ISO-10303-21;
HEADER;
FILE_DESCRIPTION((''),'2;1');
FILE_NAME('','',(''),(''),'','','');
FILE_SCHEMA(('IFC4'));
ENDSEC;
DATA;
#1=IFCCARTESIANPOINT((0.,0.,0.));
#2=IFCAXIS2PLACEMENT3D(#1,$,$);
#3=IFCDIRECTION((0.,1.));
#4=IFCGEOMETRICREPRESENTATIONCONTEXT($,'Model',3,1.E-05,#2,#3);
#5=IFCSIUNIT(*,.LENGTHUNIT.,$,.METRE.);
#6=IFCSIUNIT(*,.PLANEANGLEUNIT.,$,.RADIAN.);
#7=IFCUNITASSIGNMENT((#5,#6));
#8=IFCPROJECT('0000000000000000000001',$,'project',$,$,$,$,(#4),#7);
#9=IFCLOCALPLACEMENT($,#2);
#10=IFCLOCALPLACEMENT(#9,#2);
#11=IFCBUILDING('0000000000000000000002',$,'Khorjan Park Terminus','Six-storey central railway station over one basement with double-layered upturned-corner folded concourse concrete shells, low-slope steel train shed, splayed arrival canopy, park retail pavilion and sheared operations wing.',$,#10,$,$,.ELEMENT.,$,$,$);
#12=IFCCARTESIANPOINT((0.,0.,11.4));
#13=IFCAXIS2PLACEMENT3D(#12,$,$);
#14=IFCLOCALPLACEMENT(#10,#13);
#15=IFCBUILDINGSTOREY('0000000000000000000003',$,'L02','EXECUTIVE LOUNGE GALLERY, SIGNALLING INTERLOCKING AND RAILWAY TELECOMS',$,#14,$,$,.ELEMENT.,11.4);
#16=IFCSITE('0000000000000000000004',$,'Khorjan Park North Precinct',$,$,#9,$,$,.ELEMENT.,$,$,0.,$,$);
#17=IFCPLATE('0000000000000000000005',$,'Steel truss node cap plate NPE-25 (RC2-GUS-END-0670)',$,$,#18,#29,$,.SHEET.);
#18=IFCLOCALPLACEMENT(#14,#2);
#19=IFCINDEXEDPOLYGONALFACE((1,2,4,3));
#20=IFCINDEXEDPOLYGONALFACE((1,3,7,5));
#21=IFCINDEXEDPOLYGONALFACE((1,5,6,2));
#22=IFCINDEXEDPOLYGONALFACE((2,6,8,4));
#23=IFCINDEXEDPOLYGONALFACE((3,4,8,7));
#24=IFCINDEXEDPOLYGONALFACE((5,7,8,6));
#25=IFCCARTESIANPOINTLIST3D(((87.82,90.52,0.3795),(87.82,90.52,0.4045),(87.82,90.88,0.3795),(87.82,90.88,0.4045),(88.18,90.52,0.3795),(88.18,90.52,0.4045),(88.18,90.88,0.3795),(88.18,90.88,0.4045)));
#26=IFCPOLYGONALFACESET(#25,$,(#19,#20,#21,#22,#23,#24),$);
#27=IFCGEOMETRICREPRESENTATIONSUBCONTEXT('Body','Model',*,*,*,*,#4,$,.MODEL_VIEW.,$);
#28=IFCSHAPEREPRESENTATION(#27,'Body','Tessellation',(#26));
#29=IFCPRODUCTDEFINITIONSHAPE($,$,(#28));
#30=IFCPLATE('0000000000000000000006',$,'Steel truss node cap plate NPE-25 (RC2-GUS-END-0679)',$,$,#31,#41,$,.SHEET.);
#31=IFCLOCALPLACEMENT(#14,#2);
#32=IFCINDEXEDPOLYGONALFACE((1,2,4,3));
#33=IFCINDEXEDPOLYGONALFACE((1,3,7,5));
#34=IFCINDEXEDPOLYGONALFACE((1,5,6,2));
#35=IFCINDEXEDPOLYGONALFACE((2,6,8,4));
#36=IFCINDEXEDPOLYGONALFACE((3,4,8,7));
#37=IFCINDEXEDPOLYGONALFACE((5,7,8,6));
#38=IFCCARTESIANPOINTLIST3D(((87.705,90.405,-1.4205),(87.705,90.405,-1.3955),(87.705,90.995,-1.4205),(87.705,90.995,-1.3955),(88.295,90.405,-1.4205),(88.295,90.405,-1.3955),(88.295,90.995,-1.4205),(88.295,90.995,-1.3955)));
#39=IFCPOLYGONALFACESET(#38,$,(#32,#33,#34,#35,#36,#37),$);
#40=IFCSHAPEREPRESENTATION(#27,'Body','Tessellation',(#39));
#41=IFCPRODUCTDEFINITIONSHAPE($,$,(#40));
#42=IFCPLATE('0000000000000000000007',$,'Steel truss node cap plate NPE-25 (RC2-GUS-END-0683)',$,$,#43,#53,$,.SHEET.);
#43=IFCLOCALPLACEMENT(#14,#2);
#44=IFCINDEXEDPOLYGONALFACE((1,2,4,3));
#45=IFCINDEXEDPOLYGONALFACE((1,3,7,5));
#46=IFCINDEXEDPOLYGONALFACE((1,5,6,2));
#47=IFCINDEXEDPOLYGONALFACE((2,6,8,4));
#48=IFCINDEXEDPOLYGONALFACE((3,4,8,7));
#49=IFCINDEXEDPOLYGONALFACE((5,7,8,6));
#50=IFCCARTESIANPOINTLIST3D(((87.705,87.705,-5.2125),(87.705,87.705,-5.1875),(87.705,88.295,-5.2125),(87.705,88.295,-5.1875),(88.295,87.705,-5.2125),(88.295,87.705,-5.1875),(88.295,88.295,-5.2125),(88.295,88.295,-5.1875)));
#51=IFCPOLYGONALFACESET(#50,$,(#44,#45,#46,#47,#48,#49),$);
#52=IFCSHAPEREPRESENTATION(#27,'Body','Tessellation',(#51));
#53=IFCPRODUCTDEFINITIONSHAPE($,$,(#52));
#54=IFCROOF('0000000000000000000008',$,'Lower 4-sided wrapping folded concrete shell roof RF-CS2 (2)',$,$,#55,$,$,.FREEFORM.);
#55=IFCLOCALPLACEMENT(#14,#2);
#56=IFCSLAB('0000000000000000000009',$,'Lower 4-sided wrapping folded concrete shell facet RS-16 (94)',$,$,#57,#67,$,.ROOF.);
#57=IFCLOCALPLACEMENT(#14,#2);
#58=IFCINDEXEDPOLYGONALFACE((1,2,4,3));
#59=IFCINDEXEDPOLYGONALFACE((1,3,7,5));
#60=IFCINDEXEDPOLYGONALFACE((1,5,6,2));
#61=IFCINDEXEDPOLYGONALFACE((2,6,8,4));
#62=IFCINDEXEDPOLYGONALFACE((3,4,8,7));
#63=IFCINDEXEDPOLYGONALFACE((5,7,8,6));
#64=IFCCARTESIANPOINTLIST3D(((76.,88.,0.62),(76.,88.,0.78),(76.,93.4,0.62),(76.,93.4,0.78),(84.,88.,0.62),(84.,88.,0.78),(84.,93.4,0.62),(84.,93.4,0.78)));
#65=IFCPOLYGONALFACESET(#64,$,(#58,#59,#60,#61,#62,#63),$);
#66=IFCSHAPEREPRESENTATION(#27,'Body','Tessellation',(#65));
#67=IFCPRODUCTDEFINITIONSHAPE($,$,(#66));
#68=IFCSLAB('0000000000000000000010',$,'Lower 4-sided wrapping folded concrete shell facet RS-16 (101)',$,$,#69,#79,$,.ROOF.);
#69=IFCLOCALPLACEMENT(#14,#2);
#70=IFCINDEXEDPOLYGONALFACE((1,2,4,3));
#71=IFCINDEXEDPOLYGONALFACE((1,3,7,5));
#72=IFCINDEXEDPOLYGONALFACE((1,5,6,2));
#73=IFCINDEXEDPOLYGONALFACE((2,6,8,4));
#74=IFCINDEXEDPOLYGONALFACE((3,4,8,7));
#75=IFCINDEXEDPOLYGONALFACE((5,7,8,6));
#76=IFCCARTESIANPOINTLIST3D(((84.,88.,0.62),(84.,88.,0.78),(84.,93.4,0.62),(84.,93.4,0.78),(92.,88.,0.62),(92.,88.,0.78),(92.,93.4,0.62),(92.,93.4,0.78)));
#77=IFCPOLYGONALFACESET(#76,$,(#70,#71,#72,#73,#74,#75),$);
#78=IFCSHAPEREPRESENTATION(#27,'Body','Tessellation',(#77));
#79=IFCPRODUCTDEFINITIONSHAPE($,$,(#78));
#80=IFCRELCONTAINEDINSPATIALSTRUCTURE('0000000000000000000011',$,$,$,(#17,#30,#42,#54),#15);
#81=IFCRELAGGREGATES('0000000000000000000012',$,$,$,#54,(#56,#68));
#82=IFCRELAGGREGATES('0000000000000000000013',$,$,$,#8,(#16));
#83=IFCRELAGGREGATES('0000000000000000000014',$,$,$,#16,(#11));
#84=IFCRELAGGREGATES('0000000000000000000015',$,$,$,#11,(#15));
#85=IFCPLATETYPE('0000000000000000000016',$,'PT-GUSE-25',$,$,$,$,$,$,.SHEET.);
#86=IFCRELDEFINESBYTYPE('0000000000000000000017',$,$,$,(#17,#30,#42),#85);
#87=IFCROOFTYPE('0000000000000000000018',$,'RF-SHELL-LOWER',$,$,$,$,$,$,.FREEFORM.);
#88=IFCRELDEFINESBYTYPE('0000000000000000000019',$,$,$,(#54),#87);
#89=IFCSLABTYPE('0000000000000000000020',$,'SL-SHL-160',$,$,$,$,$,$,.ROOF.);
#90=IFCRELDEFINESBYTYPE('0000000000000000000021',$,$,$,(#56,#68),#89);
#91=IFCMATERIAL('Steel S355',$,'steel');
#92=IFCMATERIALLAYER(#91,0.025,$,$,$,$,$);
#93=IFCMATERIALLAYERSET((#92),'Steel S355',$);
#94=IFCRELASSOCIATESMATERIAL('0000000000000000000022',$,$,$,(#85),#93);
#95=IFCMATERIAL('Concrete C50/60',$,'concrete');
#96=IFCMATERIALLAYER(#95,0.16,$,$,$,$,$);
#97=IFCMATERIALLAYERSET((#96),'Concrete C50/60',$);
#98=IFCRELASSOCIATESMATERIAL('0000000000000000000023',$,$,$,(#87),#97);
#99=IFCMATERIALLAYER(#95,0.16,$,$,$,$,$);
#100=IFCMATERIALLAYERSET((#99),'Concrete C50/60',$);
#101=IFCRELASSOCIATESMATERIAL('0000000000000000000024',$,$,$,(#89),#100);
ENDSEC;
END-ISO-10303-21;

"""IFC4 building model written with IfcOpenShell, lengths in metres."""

from ifc_helpers import new_model, si_unit, direction, frame, origin, origin_2d, place, context, subcontext, project, spatial, polyline, rectangle, outline, extrude, material, layer, layer_set, type_object, element, aggregate, save


model = new_model("IFC4")

# Units and contexts
model_context = context("Model", 3, precision=1e-05, world=origin(), true_north=direction((0.0, 1.0)))
body_context = subcontext(model_context, "Body", "Model", "MODEL_VIEW")
ifc_project = project(units=[si_unit("LENGTHUNIT", "METRE"), si_unit("PLANEANGLEUNIT", "RADIAN")], contexts=[model_context])

# Site, building, storey
site_placement = place(None, origin())
site = spatial("IfcSite", under=ifc_project, at=site_placement, Name="Khorjan Park North Precinct", CompositionType="ELEMENT", RefElevation=0.0)
building_placement = place(site_placement, origin())
building = spatial("IfcBuilding", under=site, at=building_placement, Name="Khorjan Park Terminus", Description="Six-storey central railway station over one basement with double-layered upturned-corner folded concourse concrete shells, low-slope steel train shed, splayed arrival canopy, park retail pavilion and sheared operations wing.", CompositionType="ELEMENT")
storey_placement = place(building_placement, frame((0.0, 0.0, 11.4)))
storey = spatial("IfcBuildingStorey", under=building, at=storey_placement, Name="L02", Description="EXECUTIVE LOUNGE GALLERY, SIGNALLING INTERLOCKING AND RAILWAY TELECOMS", CompositionType="ELEMENT", Elevation=11.4)

# Shared definitions
ifc_material_1 = material(Name="Concrete C50/60", Category="concrete")

# Shared definitions
ifc_material_2 = material(Name="Steel S355", Category="steel")

# Plates
ifc_layer_1 = layer(ifc_material_2, 0.025)
ifc_layer_set_1 = layer_set([ifc_layer_1], Name="Steel S355")
plate_type_1 = type_object("IfcPlateType", Name="PT-GUSE-25", PredefinedType="SHEET", material=ifc_layer_set_1)
plate_1_placement = place(storey_placement, frame((88.0, 90.7, 0.3795), z_axis=(0.0, 0.0, 1.0), x_axis=(1.0, 0.0, 0.0)))
element("IfcPlate", 1, at=plate_1_placement, inside=storey, type_object=plate_type_1, Name="Steel truss node cap plate NPE-25 (RC2-GUS-END-0670)", PredefinedType="SHEET", context=body_context, shape_type="SweptSolid", body=[
    extrude(rectangle(XDim=0.36, YDim=0.36, at=origin_2d()), origin(), (0.0, 0.0, 1.0), 0.025),
])
for number, where, z_axis, x_axis, name in (
    (2, (88.0, 90.7, -1.4205), (0.0, 0.0, 1.0), (1.0, 0.0, 0.0), "Steel truss node cap plate NPE-25 (RC2-GUS-END-0679)"),
    (3, (88.0, 88.0, -5.2125), (0.0, 0.0, 1.0), (1.0, 0.0, 0.0), "Steel truss node cap plate NPE-25 (RC2-GUS-END-0683)"),
):
    element("IfcPlate", number, at=place(storey_placement, frame(where, z_axis=z_axis, x_axis=x_axis)), inside=storey, type_object=plate_type_1, Name=name, PredefinedType="SHEET", context=body_context, shape_type="SweptSolid", body=[
        extrude(rectangle(XDim=0.59, YDim=0.59, at=origin_2d()), origin(), (0.0, 0.0, 1.0), 0.025),
    ])

# Roof, slabs
ifc_layer_2 = layer(ifc_material_1, 0.16)
ifc_layer_set_2 = layer_set([ifc_layer_2], Name="Concrete C50/60")
roof_type = type_object("IfcRoofType", Name="RF-SHELL-LOWER", PredefinedType="FREEFORM", material=ifc_layer_set_2)
roof_placement = place(storey_placement, origin())
roof = element("IfcRoof", 4, at=roof_placement, inside=storey, type_object=roof_type, Name="Lower 4-sided wrapping folded concrete shell roof RF-CS2 (2)", PredefinedType="FREEFORM")
ifc_layer_3 = layer(ifc_material_1, 0.16)
ifc_layer_set_3 = layer_set([ifc_layer_3], Name="Concrete C50/60")
slab_type = type_object("IfcSlabType", Name="SL-SHL-160", PredefinedType="ROOF", material=ifc_layer_set_3)
slab_1_placement = place(storey_placement, frame((76.0, 88.0, 0.78), z_axis=(0.0, 0.0, 1.0), x_axis=(1.0, 0.0, 0.0)))
slab_1 = element("IfcSlab", 5, at=slab_1_placement, type_object=slab_type, Name="Lower 4-sided wrapping folded concrete shell facet RS-16 (94)", PredefinedType="ROOF", context=body_context, shape_type="SweptSolid", body=[
    extrude(outline(polyline([(0.0, 0.0), (8.0, 0.0), (8.0, 5.4), (0.0, 5.4), (0.0, 0.0)])), origin(), (0.0, 0.0, -1.0), 0.16),
])
slab_2_placement = place(storey_placement, frame((84.0, 88.0, 0.78), z_axis=(0.0, 0.0, 1.0), x_axis=(1.0, 0.0, 0.0)))
slab_2 = element("IfcSlab", 6, at=slab_2_placement, type_object=slab_type, Name="Lower 4-sided wrapping folded concrete shell facet RS-16 (101)", PredefinedType="ROOF", context=body_context, shape_type="SweptSolid", body=[
    extrude(outline(polyline([(0.0, 0.0), (8.0, 0.0), (8.0, 5.4), (0.0, 5.4), (0.0, 0.0)])), origin(), (0.0, 0.0, -1.0), 0.16),
])
aggregate(roof, [slab_1, slab_2])

save(model, "model.ifc")
